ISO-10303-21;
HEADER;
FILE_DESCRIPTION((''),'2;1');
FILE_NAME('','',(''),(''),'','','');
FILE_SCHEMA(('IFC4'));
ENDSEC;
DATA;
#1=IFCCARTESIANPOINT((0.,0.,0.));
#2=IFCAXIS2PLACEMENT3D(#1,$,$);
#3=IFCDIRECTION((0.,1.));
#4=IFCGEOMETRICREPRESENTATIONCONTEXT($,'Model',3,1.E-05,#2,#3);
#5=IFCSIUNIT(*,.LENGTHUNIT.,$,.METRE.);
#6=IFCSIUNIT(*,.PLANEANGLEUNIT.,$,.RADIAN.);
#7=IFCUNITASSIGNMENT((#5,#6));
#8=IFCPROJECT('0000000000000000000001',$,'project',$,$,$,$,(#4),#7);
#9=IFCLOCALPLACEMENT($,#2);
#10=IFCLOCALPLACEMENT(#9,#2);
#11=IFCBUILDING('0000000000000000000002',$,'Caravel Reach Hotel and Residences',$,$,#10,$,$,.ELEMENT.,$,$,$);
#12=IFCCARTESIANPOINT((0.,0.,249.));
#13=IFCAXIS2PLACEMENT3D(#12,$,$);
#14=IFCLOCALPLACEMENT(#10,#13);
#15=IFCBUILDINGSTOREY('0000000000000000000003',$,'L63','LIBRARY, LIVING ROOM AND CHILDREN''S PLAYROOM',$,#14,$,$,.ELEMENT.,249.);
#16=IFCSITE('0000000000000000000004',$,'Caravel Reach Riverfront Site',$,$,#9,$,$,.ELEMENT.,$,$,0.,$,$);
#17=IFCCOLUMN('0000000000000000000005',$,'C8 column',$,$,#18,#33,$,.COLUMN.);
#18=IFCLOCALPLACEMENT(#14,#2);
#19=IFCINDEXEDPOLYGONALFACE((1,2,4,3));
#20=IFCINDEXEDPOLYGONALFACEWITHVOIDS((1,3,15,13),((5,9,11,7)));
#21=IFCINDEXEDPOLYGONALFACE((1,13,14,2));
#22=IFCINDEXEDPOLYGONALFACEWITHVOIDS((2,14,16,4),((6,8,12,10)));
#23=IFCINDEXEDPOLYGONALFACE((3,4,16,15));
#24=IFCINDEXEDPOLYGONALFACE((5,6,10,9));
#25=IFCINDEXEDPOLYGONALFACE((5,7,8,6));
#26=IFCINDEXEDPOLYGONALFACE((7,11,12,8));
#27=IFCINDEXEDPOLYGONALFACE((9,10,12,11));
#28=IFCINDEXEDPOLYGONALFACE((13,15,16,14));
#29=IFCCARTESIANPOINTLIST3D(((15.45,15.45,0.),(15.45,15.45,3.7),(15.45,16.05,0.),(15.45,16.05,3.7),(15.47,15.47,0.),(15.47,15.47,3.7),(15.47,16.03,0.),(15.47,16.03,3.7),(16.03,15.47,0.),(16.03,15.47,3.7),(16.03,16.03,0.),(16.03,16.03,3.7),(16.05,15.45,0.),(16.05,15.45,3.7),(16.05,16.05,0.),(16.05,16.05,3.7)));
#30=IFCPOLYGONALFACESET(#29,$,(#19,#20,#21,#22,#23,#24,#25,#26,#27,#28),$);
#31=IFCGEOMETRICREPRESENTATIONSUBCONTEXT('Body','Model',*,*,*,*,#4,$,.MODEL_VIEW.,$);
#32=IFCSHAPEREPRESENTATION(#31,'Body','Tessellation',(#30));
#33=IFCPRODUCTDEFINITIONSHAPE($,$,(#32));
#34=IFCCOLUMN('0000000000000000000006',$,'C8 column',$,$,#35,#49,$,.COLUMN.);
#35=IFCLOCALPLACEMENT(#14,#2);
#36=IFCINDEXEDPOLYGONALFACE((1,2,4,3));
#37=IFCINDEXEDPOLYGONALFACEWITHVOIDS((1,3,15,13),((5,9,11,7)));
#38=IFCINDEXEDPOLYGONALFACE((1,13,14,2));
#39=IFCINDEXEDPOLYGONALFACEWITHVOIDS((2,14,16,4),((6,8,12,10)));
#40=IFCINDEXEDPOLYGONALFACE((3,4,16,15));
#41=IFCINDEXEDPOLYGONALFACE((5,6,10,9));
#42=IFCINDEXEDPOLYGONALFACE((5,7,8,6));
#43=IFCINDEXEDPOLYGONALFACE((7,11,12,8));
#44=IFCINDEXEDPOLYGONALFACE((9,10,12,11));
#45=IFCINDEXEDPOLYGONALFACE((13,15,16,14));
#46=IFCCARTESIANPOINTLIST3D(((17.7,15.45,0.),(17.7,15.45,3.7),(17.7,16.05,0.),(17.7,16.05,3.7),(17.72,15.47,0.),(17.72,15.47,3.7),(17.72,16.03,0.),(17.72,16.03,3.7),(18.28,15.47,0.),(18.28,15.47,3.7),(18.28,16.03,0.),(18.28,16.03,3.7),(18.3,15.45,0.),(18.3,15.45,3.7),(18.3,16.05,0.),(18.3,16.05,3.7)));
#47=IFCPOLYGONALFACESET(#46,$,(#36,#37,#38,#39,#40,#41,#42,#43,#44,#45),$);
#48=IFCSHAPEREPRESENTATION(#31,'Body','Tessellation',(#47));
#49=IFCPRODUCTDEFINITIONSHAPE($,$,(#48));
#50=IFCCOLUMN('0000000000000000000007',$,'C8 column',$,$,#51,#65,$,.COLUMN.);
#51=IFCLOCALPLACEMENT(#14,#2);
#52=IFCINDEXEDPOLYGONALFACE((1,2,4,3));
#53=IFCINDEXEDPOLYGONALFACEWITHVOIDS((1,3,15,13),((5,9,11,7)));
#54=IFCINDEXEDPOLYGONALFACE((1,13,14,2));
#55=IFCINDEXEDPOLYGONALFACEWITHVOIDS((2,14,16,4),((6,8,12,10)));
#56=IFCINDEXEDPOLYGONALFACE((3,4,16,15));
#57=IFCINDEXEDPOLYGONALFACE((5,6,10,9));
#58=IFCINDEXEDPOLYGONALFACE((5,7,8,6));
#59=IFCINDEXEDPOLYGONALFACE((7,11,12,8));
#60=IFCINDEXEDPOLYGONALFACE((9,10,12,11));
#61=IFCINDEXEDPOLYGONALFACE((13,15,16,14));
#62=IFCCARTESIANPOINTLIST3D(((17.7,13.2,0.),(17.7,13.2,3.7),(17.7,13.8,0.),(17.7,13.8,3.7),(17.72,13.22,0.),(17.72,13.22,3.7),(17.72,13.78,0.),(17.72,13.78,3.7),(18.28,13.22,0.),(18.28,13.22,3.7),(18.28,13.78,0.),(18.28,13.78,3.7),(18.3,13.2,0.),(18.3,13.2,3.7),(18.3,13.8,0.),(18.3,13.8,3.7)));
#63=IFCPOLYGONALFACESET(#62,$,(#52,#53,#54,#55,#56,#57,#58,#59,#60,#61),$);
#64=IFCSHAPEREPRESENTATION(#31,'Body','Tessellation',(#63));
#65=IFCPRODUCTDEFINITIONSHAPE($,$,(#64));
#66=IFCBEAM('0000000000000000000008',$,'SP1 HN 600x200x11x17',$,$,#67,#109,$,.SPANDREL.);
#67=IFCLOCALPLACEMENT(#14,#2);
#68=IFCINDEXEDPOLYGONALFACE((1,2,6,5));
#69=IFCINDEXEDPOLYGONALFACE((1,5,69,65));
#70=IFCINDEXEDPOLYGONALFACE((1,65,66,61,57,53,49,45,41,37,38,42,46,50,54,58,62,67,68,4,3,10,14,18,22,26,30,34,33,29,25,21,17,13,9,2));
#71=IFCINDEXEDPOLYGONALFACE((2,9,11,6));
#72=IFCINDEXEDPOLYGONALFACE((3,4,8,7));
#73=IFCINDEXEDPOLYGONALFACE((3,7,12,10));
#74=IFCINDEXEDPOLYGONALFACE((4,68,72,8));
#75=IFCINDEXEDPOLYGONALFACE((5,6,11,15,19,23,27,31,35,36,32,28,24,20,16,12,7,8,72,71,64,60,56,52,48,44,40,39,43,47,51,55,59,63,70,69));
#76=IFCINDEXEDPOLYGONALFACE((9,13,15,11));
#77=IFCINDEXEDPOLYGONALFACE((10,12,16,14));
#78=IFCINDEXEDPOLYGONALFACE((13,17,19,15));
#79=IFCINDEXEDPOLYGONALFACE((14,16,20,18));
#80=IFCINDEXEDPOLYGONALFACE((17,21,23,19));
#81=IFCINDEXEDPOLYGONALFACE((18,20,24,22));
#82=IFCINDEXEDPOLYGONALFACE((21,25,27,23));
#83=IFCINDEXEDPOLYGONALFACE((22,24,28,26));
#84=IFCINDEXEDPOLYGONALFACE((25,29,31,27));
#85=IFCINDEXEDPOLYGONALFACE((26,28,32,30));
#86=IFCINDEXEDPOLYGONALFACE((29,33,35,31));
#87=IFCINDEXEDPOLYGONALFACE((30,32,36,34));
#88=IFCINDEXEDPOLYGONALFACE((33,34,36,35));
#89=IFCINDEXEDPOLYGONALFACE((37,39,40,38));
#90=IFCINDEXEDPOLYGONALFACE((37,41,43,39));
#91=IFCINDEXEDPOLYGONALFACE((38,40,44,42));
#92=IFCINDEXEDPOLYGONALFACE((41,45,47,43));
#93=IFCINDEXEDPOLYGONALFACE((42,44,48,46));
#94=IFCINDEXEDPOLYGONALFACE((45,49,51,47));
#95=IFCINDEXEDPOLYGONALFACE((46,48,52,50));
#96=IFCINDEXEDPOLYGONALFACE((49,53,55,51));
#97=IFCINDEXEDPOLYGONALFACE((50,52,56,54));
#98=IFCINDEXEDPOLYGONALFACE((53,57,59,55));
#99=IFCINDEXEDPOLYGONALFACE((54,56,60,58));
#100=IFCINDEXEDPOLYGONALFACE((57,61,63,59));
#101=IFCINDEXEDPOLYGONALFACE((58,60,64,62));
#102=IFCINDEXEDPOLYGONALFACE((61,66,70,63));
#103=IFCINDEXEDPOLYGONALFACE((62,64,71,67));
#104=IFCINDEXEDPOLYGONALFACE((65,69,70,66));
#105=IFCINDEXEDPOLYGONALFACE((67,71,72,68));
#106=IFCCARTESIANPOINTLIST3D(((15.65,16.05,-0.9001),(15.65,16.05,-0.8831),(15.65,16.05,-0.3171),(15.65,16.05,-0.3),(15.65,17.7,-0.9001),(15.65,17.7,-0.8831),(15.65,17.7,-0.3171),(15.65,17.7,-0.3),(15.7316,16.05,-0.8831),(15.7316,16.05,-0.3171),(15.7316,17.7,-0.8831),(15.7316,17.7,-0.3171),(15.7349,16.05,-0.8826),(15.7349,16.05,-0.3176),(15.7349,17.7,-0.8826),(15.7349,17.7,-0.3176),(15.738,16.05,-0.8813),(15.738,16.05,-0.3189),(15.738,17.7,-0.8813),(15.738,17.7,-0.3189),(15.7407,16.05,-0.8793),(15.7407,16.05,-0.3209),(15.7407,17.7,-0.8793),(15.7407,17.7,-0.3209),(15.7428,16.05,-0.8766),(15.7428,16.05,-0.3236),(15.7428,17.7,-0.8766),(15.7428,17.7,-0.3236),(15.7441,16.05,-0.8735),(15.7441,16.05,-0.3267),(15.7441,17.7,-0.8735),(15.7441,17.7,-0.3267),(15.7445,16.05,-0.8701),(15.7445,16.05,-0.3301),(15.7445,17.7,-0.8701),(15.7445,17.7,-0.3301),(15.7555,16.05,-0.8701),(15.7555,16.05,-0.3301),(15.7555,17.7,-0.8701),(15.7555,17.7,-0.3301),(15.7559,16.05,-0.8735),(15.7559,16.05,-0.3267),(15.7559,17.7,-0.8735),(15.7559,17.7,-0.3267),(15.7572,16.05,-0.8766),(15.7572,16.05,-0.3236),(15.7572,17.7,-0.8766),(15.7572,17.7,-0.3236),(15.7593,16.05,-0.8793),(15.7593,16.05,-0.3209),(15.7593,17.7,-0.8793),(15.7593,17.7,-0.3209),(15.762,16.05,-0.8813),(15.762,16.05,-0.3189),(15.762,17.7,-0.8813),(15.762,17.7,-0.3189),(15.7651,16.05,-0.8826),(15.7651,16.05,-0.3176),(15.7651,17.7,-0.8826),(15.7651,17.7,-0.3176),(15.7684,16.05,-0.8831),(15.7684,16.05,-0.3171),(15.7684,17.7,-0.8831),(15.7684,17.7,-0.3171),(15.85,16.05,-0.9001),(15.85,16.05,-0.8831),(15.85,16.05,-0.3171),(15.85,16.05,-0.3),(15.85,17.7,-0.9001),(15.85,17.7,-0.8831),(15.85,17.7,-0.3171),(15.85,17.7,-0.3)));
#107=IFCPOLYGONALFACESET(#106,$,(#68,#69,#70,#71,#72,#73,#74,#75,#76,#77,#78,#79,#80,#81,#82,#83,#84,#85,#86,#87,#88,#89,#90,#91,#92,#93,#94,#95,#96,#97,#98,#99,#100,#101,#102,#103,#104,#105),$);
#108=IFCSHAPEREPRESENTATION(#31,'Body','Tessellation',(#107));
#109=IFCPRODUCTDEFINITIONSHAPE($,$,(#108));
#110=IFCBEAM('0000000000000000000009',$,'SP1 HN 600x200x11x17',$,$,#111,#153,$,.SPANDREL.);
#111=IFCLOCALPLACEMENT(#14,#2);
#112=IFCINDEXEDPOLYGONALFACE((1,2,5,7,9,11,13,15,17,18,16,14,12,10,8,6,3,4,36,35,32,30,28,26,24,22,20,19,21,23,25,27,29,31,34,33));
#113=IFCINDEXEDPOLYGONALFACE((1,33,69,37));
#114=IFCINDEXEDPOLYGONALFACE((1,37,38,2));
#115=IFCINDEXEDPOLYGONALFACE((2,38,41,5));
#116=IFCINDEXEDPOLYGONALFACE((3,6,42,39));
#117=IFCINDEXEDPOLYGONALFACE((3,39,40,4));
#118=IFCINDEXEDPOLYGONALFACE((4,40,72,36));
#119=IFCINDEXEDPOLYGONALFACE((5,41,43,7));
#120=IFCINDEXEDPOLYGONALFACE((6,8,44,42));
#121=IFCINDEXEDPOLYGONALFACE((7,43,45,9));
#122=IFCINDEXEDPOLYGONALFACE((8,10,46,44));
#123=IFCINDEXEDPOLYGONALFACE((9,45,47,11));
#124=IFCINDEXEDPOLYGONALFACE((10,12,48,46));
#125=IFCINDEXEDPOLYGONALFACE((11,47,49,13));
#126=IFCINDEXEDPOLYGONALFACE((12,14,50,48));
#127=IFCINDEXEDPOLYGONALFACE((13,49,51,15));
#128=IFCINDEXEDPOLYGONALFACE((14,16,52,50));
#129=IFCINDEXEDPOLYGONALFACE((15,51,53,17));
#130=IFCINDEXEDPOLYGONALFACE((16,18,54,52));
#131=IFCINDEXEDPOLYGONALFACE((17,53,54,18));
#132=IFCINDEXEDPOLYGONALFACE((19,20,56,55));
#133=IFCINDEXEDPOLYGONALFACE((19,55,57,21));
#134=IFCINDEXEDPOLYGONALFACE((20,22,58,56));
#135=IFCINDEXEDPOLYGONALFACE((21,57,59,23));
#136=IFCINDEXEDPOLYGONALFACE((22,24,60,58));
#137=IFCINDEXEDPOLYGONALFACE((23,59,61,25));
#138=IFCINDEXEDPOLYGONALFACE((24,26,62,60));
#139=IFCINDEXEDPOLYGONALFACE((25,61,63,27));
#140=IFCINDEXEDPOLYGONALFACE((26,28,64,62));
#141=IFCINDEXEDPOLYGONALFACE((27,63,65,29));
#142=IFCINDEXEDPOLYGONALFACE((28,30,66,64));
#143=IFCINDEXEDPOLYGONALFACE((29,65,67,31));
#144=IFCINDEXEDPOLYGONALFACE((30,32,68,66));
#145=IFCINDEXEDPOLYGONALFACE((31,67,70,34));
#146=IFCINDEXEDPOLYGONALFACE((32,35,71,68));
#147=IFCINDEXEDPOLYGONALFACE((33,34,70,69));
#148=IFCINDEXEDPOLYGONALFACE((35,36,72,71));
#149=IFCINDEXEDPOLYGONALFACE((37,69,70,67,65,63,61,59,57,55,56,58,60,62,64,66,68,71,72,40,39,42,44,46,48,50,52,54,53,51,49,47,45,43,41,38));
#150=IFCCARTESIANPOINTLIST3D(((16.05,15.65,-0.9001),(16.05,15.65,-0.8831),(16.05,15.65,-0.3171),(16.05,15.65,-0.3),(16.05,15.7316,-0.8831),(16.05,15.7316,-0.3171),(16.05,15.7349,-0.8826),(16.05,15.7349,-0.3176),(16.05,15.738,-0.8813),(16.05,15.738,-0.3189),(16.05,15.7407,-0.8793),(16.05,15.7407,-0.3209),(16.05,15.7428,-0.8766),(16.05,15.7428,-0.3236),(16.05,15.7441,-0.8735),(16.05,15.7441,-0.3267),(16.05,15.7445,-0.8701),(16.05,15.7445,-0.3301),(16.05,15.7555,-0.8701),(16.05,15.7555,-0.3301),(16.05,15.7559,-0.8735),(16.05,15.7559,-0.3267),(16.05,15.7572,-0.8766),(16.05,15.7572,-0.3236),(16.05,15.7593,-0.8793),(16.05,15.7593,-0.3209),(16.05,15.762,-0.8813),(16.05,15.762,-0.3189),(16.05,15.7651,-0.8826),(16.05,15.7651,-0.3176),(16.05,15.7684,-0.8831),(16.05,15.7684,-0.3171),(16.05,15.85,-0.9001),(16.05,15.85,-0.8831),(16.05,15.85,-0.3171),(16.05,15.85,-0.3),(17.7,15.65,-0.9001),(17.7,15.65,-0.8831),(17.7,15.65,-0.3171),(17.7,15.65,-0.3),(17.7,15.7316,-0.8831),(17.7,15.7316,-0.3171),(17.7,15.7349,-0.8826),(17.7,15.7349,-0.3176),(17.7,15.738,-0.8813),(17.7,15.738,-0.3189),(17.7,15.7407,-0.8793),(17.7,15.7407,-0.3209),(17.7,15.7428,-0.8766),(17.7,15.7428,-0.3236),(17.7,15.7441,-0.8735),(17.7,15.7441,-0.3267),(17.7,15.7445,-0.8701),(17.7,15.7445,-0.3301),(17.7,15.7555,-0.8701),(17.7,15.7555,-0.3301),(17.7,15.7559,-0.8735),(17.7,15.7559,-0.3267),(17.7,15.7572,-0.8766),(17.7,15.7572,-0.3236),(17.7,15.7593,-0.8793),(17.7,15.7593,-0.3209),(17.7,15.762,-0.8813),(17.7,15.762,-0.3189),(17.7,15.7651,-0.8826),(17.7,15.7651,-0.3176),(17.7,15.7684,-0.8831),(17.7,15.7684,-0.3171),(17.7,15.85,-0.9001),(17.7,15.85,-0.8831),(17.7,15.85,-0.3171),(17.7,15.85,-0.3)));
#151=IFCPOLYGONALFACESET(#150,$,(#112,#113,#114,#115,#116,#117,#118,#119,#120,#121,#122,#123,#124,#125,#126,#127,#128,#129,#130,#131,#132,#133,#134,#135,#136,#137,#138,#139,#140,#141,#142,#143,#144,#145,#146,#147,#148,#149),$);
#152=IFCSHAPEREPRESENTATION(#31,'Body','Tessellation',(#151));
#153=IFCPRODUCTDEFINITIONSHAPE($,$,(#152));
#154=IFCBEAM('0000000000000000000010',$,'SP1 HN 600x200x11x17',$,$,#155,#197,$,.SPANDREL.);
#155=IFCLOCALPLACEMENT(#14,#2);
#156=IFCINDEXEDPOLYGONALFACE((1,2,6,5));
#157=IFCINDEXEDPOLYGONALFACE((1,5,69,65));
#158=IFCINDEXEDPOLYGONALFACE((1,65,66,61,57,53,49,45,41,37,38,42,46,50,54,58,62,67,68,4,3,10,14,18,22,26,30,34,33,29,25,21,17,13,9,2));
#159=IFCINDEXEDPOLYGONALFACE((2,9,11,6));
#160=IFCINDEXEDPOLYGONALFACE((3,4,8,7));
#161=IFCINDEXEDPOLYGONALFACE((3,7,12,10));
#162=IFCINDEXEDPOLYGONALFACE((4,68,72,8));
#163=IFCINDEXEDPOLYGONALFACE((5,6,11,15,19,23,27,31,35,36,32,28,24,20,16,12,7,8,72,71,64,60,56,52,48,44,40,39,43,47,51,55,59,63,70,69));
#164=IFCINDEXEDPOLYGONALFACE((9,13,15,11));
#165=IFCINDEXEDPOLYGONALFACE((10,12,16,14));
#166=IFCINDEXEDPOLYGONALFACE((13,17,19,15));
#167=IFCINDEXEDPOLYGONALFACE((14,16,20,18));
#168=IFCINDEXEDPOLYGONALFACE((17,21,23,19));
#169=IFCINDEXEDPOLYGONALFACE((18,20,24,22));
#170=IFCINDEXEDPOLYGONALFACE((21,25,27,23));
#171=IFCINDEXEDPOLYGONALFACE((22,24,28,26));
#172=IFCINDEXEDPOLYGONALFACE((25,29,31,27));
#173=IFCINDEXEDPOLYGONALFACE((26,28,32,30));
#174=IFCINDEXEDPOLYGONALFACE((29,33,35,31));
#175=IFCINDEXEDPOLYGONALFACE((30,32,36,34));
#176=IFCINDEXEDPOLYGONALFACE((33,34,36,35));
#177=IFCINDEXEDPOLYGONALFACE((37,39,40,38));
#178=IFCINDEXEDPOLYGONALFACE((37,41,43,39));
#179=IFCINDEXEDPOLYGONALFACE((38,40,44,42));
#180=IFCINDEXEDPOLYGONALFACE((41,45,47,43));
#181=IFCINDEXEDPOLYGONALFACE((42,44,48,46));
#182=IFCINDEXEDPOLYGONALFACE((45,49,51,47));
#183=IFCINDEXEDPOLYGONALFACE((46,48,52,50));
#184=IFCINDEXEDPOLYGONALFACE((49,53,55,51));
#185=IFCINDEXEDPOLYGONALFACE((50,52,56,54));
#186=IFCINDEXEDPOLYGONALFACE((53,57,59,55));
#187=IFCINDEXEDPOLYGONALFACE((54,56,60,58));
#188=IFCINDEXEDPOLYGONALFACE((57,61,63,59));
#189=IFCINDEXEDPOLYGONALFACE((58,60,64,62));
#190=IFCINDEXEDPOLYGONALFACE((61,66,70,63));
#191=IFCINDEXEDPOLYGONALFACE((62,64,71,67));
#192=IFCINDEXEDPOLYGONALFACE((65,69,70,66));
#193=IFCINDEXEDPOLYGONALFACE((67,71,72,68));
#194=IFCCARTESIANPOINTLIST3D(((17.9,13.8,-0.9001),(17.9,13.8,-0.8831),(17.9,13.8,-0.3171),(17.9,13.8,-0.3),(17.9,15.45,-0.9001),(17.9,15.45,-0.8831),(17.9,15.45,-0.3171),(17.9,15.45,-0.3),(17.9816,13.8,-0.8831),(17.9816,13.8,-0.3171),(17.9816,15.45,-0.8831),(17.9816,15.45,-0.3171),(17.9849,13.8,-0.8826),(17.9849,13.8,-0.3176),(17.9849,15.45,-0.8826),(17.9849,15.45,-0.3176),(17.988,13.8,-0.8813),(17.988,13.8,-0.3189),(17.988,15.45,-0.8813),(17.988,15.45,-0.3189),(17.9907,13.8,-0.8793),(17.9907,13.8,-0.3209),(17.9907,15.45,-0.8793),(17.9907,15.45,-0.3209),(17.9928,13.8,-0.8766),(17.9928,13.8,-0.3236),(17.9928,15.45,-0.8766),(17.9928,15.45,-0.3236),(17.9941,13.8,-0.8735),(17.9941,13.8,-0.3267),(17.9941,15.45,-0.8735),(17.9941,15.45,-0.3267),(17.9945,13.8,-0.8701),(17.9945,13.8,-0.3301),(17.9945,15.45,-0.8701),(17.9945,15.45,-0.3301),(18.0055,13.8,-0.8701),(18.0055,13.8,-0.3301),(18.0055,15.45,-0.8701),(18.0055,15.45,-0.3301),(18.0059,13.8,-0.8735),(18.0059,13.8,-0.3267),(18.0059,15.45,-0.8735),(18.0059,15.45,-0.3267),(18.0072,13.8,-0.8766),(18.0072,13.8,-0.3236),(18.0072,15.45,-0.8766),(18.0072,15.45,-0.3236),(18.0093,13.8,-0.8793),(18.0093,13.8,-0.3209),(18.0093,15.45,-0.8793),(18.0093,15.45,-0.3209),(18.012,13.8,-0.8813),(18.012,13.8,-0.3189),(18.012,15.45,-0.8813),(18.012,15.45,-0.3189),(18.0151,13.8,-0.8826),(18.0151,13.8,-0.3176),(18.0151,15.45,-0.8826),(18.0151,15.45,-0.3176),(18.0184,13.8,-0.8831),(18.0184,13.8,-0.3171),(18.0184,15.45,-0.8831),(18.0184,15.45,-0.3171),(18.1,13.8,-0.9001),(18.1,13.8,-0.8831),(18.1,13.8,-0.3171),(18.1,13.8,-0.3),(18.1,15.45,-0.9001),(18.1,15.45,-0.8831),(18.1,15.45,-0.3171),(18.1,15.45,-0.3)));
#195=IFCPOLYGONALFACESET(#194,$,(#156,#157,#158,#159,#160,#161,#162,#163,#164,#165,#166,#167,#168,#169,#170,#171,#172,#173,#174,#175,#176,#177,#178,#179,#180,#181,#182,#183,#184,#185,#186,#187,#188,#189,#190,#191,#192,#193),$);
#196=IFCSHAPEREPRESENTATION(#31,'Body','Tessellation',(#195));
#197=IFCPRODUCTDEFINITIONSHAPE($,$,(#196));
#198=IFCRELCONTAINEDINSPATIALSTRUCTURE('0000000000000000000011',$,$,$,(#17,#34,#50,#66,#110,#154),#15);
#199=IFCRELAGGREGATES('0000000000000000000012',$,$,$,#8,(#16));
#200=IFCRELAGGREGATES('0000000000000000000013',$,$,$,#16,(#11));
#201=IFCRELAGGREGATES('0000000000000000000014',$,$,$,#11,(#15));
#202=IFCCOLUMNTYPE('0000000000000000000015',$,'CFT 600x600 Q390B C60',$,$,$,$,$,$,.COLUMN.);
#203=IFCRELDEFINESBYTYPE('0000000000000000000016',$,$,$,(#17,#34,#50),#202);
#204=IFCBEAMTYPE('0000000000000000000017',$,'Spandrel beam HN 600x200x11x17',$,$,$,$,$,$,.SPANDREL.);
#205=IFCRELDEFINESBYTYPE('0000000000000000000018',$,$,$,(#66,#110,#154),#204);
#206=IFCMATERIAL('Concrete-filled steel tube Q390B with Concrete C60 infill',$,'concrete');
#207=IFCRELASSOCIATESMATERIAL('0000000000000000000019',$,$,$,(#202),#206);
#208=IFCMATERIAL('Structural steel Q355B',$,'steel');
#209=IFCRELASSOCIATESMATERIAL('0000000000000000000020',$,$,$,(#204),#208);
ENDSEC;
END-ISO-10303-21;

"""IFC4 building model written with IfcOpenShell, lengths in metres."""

from ifc_helpers import new_model, si_unit, direction, frame, origin, origin_2d, place, context, subcontext, project, spatial, hollow_rectangle, i_section, extrude, material, material_profile, profile_set, type_object, element, save


model = new_model("IFC4")

# Units and contexts
model_context = context("Model", 3, precision=1e-05, world=origin(), true_north=direction((0.0, 1.0)))
body_context = subcontext(model_context, "Body", "Model", "MODEL_VIEW")
ifc_project = project(units=[si_unit("LENGTHUNIT", "METRE"), si_unit("PLANEANGLEUNIT", "RADIAN")], contexts=[model_context])

# Site, building, storey
site_placement = place(None, origin())
site = spatial("IfcSite", under=ifc_project, at=site_placement, Name="Caravel Reach Riverfront Site", CompositionType="ELEMENT", RefElevation=0.0)
building_placement = place(site_placement, origin())
building = spatial("IfcBuilding", under=site, at=building_placement, Name="Caravel Reach Hotel and Residences", CompositionType="ELEMENT")
storey_placement = place(building_placement, frame((0.0, 0.0, 249.0)))
storey = spatial("IfcBuildingStorey", under=building, at=storey_placement, Name="L63", Description="LIBRARY, LIVING ROOM AND CHILDREN'S PLAYROOM", CompositionType="ELEMENT", Elevation=249.0)

# Columns
ifc_material_1 = material(Name="Concrete-filled steel tube Q390B with Concrete C60 infill", Category="concrete")
ifc_material_profile_1 = material_profile(ifc_material_1, hollow_rectangle(XDim=0.6001, YDim=0.6001, WallThickness=0.02, at=origin_2d()), Name="RHS 600x600x20")
ifc_profile_set_1 = profile_set([ifc_material_profile_1], Name="Concrete-filled steel tube Q390B with Concrete C60 infill")
column_type = type_object("IfcColumnType", Name="CFT 600x600 Q390B C60", PredefinedType="COLUMN", material=ifc_profile_set_1)
for number, where, z_axis, x_axis, name in (
    (1, (15.75, 15.75, 0.0), (0.0, 0.0, 1.0), (1.0, 0.0, 0.0), "C8 column"),
    (2, (18.0, 15.75, 0.0), (0.0, 0.0, 1.0), (1.0, 0.0, 0.0), "C8 column"),
    (3, (18.0, 13.5, 0.0), (0.0, 0.0, 1.0), (1.0, 0.0, 0.0), "C8 column"),
):
    element("IfcColumn", number, at=place(storey_placement, frame(where, z_axis=z_axis, x_axis=x_axis)), inside=storey, type_object=column_type, Name=name, PredefinedType="COLUMN", context=body_context, shape_type="SweptSolid", body=[
        extrude(hollow_rectangle(XDim=0.6001, YDim=0.6001, WallThickness=0.02, at=origin_2d()), origin(), (0.0, 0.0, 1.0), 3.7),
    ])

# Beams
ifc_material_2 = material(Name="Structural steel Q355B", Category="steel")
ifc_material_profile_2 = material_profile(ifc_material_2, i_section(OverallWidth=0.2, OverallDepth=0.6001, WebThickness=0.011, FlangeThickness=0.0171, FilletRadius=0.0129, at=origin_2d()), Name="HN 600x200x11x17")
ifc_profile_set_2 = profile_set([ifc_material_profile_2], Name="Structural steel Q355B")
beam_type = type_object("IfcBeamType", Name="Spandrel beam HN 600x200x11x17", PredefinedType="SPANDREL", material=ifc_profile_set_2)
for number, where, z_axis, x_axis, name in (
    (4, (15.75, 17.7, -0.6001), (0.0, -1.0, 0.0), (1.0, 0.0, 0.0), "SP1 HN 600x200x11x17"),
    (5, (16.05, 15.75, -0.6001), (1.0, 0.0, 0.0), (0.0, 1.0, 0.0), "SP1 HN 600x200x11x17"),
    (6, (18.0, 15.45, -0.6001), (0.0, -1.0, 0.0), (1.0, 0.0, 0.0), "SP1 HN 600x200x11x17"),
):
    element("IfcBeam", number, at=place(storey_placement, frame(where, z_axis=z_axis, x_axis=x_axis)), inside=storey, type_object=beam_type, Name=name, PredefinedType="SPANDREL", context=body_context, shape_type="SweptSolid", body=[
        extrude(i_section(OverallWidth=0.2, OverallDepth=0.6001, WebThickness=0.011, FlangeThickness=0.0171, FilletRadius=0.0129, at=origin_2d()), origin(), (0.0, 0.0, 1.0), 1.6499),
    ])

save(model, "model.ifc")
